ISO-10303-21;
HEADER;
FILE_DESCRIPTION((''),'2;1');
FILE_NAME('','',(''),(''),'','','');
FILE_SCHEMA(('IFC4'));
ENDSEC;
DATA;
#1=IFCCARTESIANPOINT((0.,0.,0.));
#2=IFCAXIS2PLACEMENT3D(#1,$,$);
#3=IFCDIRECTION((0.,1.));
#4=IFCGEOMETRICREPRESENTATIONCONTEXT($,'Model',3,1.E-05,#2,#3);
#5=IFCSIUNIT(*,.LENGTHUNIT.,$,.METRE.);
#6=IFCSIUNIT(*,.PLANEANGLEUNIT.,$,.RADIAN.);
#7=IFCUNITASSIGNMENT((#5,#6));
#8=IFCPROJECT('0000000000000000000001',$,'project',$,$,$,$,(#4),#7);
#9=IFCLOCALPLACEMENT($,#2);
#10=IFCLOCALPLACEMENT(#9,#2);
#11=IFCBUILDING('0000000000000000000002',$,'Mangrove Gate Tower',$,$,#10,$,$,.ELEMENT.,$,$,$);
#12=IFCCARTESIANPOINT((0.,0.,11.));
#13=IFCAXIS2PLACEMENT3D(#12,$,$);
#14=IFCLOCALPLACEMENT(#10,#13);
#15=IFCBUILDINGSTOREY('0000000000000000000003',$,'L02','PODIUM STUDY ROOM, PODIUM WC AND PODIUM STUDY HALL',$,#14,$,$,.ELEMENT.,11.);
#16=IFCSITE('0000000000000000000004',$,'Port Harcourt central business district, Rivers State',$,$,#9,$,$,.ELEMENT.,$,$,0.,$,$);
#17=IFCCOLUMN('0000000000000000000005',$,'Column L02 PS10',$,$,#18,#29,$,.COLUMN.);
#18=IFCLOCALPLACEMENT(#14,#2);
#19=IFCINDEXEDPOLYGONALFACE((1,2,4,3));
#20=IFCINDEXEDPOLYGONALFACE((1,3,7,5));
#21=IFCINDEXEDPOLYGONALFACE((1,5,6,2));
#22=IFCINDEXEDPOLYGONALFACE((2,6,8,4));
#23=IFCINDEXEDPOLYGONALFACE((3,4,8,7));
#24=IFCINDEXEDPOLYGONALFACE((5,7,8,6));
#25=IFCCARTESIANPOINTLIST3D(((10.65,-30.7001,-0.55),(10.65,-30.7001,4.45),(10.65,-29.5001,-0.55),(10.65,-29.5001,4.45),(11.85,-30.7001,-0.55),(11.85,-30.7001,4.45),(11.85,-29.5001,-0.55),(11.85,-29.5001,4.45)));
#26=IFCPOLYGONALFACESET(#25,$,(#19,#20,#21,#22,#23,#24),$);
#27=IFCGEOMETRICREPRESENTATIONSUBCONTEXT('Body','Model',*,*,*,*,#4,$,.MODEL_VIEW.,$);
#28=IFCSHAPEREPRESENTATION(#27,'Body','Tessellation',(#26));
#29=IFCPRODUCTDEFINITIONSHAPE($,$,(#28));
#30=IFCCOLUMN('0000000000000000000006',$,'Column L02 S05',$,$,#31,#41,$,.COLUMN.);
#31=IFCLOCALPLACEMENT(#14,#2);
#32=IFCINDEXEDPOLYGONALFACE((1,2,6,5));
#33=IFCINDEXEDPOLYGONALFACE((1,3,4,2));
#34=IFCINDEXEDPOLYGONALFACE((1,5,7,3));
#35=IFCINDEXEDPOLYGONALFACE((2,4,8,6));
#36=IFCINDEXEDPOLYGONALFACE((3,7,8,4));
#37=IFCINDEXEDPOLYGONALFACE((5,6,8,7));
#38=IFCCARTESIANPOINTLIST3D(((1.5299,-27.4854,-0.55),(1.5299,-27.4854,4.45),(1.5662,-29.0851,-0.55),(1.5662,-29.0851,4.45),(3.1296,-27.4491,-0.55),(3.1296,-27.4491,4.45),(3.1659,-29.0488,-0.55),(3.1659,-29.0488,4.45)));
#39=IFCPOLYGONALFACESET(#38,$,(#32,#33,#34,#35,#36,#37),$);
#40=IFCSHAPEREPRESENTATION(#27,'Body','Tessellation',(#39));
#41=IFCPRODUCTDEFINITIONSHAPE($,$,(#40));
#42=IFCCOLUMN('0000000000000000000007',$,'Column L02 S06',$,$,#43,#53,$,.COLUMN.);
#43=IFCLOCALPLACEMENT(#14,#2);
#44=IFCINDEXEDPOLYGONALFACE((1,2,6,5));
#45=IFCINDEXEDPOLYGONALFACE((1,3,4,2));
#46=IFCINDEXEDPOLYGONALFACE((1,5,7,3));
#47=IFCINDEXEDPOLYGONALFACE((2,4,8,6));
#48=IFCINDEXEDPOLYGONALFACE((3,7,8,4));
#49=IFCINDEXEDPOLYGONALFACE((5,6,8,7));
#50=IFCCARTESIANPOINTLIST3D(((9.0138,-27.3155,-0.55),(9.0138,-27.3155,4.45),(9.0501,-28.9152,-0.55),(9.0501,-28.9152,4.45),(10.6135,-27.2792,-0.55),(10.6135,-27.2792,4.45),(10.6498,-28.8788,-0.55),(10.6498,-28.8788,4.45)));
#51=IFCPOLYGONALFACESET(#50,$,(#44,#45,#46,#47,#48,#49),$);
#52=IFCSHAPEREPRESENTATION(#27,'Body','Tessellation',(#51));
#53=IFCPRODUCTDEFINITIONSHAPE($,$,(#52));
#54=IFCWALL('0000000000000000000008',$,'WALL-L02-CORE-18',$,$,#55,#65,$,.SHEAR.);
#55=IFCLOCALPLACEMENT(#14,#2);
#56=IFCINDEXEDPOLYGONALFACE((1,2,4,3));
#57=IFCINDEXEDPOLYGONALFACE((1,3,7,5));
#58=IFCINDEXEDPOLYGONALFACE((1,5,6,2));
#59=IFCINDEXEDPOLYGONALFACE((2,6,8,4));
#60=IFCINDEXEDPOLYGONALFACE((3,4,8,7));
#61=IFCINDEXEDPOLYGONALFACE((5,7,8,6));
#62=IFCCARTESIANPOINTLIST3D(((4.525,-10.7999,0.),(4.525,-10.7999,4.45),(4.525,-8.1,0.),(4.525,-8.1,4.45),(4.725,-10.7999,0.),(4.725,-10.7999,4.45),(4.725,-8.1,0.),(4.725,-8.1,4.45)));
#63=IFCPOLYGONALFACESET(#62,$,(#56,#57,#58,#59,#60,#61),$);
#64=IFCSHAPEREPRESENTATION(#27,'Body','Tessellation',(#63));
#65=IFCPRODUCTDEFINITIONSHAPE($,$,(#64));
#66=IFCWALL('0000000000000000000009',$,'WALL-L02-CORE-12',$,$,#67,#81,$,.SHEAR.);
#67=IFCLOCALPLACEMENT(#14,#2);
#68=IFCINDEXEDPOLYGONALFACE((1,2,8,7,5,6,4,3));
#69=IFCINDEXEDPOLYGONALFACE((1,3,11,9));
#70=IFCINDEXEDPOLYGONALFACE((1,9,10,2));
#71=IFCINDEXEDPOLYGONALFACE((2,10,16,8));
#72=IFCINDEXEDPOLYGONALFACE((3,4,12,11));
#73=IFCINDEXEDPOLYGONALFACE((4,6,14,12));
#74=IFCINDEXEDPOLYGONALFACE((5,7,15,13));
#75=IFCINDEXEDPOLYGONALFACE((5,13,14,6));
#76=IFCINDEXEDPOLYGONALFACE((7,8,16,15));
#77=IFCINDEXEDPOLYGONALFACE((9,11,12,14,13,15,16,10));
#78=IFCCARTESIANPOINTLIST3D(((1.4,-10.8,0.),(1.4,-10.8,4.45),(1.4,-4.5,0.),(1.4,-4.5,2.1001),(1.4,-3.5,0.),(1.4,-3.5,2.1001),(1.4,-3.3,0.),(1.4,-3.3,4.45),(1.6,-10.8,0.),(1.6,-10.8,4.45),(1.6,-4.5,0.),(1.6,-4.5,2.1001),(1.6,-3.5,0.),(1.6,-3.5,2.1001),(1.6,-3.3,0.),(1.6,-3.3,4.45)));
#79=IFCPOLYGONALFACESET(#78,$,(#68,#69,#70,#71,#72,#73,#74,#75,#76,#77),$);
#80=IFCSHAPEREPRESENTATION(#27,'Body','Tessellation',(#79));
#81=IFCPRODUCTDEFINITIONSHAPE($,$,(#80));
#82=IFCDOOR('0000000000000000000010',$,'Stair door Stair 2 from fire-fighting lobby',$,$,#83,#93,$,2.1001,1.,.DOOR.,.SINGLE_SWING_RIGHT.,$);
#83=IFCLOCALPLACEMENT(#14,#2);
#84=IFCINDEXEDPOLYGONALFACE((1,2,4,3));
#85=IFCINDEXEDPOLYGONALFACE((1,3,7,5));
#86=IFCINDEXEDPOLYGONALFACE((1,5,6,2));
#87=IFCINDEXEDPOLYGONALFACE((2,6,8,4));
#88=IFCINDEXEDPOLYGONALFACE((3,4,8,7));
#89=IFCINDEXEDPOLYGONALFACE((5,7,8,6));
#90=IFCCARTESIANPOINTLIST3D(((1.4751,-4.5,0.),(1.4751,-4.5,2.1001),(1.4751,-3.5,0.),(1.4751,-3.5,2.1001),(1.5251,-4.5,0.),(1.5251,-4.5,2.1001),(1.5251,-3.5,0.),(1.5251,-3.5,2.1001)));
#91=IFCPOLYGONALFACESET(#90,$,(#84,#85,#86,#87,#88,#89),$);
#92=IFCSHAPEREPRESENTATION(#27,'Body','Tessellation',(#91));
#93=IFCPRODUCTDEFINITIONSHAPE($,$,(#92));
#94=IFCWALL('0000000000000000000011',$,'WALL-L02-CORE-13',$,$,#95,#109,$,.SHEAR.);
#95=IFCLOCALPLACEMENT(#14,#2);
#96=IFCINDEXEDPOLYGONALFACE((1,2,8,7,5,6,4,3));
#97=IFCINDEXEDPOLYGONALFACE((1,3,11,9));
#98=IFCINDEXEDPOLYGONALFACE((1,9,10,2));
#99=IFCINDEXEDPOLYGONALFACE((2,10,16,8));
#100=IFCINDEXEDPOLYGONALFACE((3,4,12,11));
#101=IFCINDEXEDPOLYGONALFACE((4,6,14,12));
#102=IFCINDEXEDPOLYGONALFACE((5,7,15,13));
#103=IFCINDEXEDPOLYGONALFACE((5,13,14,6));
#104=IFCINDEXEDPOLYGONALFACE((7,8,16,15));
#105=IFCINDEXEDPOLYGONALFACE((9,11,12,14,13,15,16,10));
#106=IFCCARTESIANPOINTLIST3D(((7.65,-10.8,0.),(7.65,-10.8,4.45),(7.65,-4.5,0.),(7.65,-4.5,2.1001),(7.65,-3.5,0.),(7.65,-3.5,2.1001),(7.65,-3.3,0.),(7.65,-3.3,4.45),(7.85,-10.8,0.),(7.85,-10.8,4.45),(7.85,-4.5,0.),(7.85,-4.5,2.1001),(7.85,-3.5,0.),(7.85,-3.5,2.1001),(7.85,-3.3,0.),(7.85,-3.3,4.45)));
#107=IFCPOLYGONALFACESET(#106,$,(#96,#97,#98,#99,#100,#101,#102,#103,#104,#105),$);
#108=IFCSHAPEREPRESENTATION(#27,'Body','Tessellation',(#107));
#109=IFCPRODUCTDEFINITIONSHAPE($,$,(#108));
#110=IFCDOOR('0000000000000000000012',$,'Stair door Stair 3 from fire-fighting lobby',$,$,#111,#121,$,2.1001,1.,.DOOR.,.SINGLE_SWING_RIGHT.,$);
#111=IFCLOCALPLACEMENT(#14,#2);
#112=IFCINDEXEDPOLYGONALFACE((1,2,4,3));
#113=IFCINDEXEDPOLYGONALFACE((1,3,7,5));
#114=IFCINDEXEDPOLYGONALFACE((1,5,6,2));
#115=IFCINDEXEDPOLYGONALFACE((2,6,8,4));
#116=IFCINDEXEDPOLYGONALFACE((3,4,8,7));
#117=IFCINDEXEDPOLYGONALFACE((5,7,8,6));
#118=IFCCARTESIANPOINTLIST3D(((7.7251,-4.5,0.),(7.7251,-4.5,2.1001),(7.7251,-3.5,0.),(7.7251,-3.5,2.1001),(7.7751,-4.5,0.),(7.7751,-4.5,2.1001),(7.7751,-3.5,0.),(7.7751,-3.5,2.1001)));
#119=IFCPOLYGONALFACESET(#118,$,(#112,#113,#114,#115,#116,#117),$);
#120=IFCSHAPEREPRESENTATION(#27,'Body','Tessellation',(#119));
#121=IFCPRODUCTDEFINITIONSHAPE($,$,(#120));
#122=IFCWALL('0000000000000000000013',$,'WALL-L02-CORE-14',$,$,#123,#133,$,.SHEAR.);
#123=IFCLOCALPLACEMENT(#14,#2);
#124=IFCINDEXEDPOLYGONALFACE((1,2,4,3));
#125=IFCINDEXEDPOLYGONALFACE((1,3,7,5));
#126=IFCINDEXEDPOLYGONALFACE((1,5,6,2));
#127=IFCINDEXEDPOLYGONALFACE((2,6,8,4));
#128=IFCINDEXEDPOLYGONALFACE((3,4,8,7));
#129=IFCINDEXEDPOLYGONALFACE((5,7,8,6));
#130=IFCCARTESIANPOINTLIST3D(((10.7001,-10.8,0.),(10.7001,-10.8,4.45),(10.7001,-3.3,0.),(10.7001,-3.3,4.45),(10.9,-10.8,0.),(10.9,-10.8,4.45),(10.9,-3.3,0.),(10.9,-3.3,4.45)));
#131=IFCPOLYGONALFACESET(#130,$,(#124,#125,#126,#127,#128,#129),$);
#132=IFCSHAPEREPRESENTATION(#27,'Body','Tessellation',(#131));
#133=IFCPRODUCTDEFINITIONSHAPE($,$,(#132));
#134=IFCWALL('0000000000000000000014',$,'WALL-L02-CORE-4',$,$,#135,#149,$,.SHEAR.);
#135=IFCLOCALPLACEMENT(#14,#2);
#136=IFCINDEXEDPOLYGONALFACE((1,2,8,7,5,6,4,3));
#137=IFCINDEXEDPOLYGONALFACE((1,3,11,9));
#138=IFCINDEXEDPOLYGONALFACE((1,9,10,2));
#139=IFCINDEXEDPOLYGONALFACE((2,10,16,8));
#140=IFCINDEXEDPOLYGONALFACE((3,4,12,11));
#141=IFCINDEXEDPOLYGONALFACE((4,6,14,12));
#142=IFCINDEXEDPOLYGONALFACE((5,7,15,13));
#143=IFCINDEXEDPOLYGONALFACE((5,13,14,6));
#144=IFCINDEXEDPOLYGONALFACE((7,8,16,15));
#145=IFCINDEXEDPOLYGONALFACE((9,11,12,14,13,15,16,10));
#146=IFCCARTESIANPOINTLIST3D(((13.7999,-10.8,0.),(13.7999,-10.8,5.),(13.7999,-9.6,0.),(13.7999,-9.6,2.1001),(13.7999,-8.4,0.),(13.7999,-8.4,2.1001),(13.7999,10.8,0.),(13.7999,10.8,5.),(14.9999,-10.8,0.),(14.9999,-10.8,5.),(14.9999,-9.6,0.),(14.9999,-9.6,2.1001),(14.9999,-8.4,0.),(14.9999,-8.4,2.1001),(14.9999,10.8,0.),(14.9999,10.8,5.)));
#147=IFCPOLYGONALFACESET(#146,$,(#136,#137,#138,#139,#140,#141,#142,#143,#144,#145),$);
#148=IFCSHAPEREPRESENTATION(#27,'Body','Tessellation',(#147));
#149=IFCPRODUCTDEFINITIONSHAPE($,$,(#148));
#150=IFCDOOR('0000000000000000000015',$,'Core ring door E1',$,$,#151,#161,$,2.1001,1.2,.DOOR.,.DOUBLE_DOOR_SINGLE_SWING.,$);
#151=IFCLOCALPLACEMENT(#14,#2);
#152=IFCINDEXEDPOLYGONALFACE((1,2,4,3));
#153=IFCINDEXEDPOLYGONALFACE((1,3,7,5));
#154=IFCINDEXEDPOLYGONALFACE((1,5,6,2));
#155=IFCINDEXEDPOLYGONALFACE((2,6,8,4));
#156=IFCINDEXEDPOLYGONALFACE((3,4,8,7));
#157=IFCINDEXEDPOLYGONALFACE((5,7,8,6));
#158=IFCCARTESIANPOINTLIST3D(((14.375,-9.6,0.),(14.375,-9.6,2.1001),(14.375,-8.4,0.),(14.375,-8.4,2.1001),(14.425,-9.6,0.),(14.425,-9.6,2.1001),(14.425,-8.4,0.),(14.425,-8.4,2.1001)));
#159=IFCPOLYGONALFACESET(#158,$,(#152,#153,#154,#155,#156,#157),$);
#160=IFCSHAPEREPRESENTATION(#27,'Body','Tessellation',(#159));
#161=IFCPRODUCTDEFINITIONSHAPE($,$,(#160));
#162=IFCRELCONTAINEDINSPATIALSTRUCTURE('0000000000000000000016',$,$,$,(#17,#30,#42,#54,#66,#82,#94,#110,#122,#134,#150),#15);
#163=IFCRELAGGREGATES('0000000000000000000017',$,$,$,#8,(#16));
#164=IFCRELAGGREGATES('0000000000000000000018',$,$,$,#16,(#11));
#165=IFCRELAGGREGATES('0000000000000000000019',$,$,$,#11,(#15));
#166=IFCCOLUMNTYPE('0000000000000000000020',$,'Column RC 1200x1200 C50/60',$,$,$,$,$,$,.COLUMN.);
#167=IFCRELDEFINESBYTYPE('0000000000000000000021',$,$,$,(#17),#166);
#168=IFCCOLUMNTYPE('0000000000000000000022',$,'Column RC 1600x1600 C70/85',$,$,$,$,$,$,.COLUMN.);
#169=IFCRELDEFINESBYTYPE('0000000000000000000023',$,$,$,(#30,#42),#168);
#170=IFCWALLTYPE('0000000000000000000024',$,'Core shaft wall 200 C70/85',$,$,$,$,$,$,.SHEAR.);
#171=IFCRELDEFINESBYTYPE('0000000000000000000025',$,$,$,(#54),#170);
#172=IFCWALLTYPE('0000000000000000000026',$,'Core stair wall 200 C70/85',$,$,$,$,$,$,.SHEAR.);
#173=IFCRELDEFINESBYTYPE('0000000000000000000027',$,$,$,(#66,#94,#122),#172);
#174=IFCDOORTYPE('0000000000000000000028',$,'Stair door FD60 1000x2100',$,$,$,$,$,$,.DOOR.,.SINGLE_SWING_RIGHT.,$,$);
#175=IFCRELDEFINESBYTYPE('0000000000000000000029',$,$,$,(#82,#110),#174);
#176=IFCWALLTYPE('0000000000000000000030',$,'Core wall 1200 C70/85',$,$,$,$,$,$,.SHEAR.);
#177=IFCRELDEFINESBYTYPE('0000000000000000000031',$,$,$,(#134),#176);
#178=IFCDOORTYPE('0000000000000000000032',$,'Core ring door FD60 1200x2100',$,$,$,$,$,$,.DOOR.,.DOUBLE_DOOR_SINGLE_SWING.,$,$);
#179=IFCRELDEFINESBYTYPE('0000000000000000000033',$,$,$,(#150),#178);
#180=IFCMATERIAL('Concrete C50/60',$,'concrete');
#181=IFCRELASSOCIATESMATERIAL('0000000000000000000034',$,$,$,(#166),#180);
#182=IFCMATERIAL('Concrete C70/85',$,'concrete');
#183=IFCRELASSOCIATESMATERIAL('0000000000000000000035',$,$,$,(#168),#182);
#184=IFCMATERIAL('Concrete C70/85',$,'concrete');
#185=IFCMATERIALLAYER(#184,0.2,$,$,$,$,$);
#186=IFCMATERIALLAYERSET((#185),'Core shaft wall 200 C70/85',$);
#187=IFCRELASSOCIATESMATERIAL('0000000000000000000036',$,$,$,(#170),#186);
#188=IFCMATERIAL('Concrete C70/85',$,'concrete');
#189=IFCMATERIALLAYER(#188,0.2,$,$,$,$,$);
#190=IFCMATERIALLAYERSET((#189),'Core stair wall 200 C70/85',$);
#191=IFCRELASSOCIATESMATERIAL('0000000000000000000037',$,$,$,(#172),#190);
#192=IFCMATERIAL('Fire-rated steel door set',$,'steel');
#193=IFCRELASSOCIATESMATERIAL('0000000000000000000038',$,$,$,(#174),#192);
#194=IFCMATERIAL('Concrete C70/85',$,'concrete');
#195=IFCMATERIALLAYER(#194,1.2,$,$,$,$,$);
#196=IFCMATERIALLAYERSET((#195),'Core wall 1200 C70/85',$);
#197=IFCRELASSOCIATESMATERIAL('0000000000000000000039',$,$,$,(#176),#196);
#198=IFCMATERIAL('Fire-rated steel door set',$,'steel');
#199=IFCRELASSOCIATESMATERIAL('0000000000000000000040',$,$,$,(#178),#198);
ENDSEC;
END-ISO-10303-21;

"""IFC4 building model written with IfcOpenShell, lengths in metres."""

from ifc_helpers import new_model, si_unit, direction, frame, frame_2d, origin, origin_2d, place, context, subcontext, project, spatial, rectangle, extrude, material, layer, layer_set, material_profile, profile_set, type_object, element, fill, save


model = new_model("IFC4")

# Units and contexts
model_context = context("Model", 3, precision=1e-05, world=origin(), true_north=direction((0.0, 1.0)))
body_context = subcontext(model_context, "Body", "Model", "MODEL_VIEW")
ifc_project = project(units=[si_unit("LENGTHUNIT", "METRE"), si_unit("PLANEANGLEUNIT", "RADIAN")], contexts=[model_context])

# Site, building, storey
site_placement = place(None, origin())
site = spatial("IfcSite", under=ifc_project, at=site_placement, Name="Port Harcourt central business district, Rivers State", CompositionType="ELEMENT", RefElevation=0.0)
building_placement = place(site_placement, origin())
building = spatial("IfcBuilding", under=site, at=building_placement, Name="Mangrove Gate Tower", CompositionType="ELEMENT")
storey_placement = place(building_placement, frame((0.0, 0.0, 11.0)))
storey = spatial("IfcBuildingStorey", under=building, at=storey_placement, Name="L02", Description="PODIUM STUDY ROOM, PODIUM WC AND PODIUM STUDY HALL", CompositionType="ELEMENT", Elevation=11.0)

# Columns
ifc_material_1 = material(Name="Concrete C50/60", Category="concrete")
ifc_material_profile_1 = material_profile(ifc_material_1, rectangle(XDim=1.2, YDim=1.2, at=origin_2d()))
ifc_profile_set_1 = profile_set([ifc_material_profile_1], Name="Concrete C50/60")
column_type_1 = type_object("IfcColumnType", Name="Column RC 1200x1200 C50/60", PredefinedType="COLUMN", material=ifc_profile_set_1)
column_placement = place(storey_placement, frame((11.25, -30.1001, -0.55), z_axis=(0.0, 0.0, 1.0), x_axis=(1.0, 0.0, 0.0)))
element("IfcColumn", 1, at=column_placement, inside=storey, type_object=column_type_1, Name="Column L02 PS10", PredefinedType="COLUMN", context=body_context, shape_type="SweptSolid", body=[
    extrude(rectangle(XDim=1.2, YDim=1.2, at=origin_2d()), origin(), (0.0, 0.0, 1.0), 5.0),
])
ifc_material_2 = material(Name="Concrete C70/85", Category="concrete")
ifc_material_profile_2 = material_profile(ifc_material_2, rectangle(XDim=1.6001, YDim=1.6001, at=origin_2d()))
ifc_profile_set_2 = profile_set([ifc_material_profile_2], Name="Concrete C70/85")
column_type_2 = type_object("IfcColumnType", Name="Column RC 1600x1600 C70/85", PredefinedType="COLUMN", material=ifc_profile_set_2)
for number, where, z_axis, x_axis, name in (
    (2, (2.3479, -28.2671, -0.55), (0.0, 0.0, 1.0), (0.999742, 0.022709, 0.0), "Column L02 S05"),
    (3, (9.8318, -28.0972, -0.55), (0.0, 0.0, 1.0), (0.999742, 0.022711, 0.0), "Column L02 S06"),
):
    element("IfcColumn", number, at=place(storey_placement, frame(where, z_axis=z_axis, x_axis=x_axis)), inside=storey, type_object=column_type_2, Name=name, PredefinedType="COLUMN", context=body_context, shape_type="SweptSolid", body=[
        extrude(rectangle(XDim=1.6001, YDim=1.6001, at=origin_2d()), origin(), (0.0, 0.0, 1.0), 5.0),
    ])

# Wall
ifc_material_3 = material(Name="Concrete C70/85", Category="concrete")
ifc_layer_1 = layer(ifc_material_3, 0.2)
ifc_layer_set_1 = layer_set([ifc_layer_1], Name="Core shaft wall 200 C70/85")
wall_type_1 = type_object("IfcWallType", Name="Core shaft wall 200 C70/85", PredefinedType="SHEAR", material=ifc_layer_set_1)
wall_1_placement = place(storey_placement, frame((4.625, -10.8, 0.0), z_axis=(0.0, 0.0, 1.0), x_axis=(0.0, 1.0, 0.0)))
element("IfcWall", 4, at=wall_1_placement, inside=storey, type_object=wall_type_1, Name="WALL-L02-CORE-18", PredefinedType="SHEAR", context=body_context, shape_type="SweptSolid", body=[
    extrude(rectangle(XDim=2.7, YDim=0.2, at=frame_2d((1.3501, 0.0))), origin(), (0.0, 0.0, 1.0), 4.45),
])

# Walls, openings, doors
ifc_material_4 = material(Name="Concrete C70/85", Category="concrete")
ifc_layer_2 = layer(ifc_material_4, 0.2)
ifc_layer_set_2 = layer_set([ifc_layer_2], Name="Core stair wall 200 C70/85")
wall_type_2 = type_object("IfcWallType", Name="Core stair wall 200 C70/85", PredefinedType="SHEAR", material=ifc_layer_set_2)
wall_2_placement = place(storey_placement, frame((1.5, -10.8, 0.0), z_axis=(0.0, 0.0, 1.0), x_axis=(0.0, 1.0, 0.0)))
wall_2 = element("IfcWall", 5, at=wall_2_placement, inside=storey, type_object=wall_type_2, Name="WALL-L02-CORE-12", PredefinedType="SHEAR", context=body_context, shape_type="SweptSolid", body=[
    extrude(rectangle(XDim=7.5, YDim=0.2, at=frame_2d((3.75, 0.0))), origin(), (0.0, 0.0, 1.0), 4.45),
])
opening_1_placement = place(wall_2_placement, frame((6.3, 0.0, 0.0)))
opening_1 = element("IfcOpeningElement", 6, at=opening_1_placement, cuts=wall_2, PredefinedType="OPENING", context=body_context, shape_type="SweptSolid", body=[
    extrude(rectangle(XDim=1.0, YDim=2.1001, at=frame_2d((0.5, 1.05))), frame((0.0, 0.1099, 0.0), z_axis=(0.0, -1.0, 0.0), x_axis=(1.0, 0.0, 0.0)), (0.0, 0.0, 1.0), 0.22),
])
ifc_material_5 = material(Name="Fire-rated steel door set", Category="steel")
door_type_1 = type_object("IfcDoorType", Name="Stair door FD60 1000x2100", OperationType="SINGLE_SWING_RIGHT", PredefinedType="DOOR", material=ifc_material_5)
door_1_placement = place(opening_1_placement, origin())
door_1 = element("IfcDoor", 7, at=door_1_placement, inside=storey, type_object=door_type_1, Name="Stair door Stair 2 from fire-fighting lobby", OperationType="SINGLE_SWING_RIGHT", OverallHeight=2.1001, OverallWidth=1.0, PredefinedType="DOOR", context=body_context, shape_type="SweptSolid", body=[
    extrude(rectangle(XDim=1.0, YDim=2.1001, at=frame_2d((0.5, 1.05))), frame((0.0, 0.0249, 0.0), z_axis=(0.0, -1.0, 0.0), x_axis=(1.0, 0.0, 0.0)), (0.0, 0.0, 1.0), 0.05),
])
fill(opening_1, door_1)
wall_3_placement = place(storey_placement, frame((7.75, -10.8, 0.0), z_axis=(0.0, 0.0, 1.0), x_axis=(0.0, 1.0, 0.0)))
wall_3 = element("IfcWall", 8, at=wall_3_placement, inside=storey, type_object=wall_type_2, Name="WALL-L02-CORE-13", PredefinedType="SHEAR", context=body_context, shape_type="SweptSolid", body=[
    extrude(rectangle(XDim=7.5, YDim=0.2, at=frame_2d((3.75, 0.0))), origin(), (0.0, 0.0, 1.0), 4.45),
])
opening_2_placement = place(wall_3_placement, frame((6.3, 0.0, 0.0)))
opening_2 = element("IfcOpeningElement", 9, at=opening_2_placement, cuts=wall_3, PredefinedType="OPENING", context=body_context, shape_type="SweptSolid", body=[
    extrude(rectangle(XDim=1.0, YDim=2.1001, at=frame_2d((0.5, 1.05))), frame((0.0, 0.1099, 0.0), z_axis=(0.0, -1.0, 0.0), x_axis=(1.0, 0.0, 0.0)), (0.0, 0.0, 1.0), 0.22),
])
door_2_placement = place(opening_2_placement, origin())
door_2 = element("IfcDoor", 10, at=door_2_placement, inside=storey, type_object=door_type_1, Name="Stair door Stair 3 from fire-fighting lobby", OperationType="SINGLE_SWING_RIGHT", OverallHeight=2.1001, OverallWidth=1.0, PredefinedType="DOOR", context=body_context, shape_type="SweptSolid", body=[
    extrude(rectangle(XDim=1.0, YDim=2.1001, at=frame_2d((0.5, 1.05))), frame((0.0, 0.0249, 0.0), z_axis=(0.0, -1.0, 0.0), x_axis=(1.0, 0.0, 0.0)), (0.0, 0.0, 1.0), 0.05),
])
fill(opening_2, door_2)

# Wall
wall_4_placement = place(storey_placement, frame((10.8, -10.8, 0.0), z_axis=(0.0, 0.0, 1.0), x_axis=(0.0, 1.0, 0.0)))
element("IfcWall", 11, at=wall_4_placement, inside=storey, type_object=wall_type_2, Name="WALL-L02-CORE-14", PredefinedType="SHEAR", context=body_context, shape_type="SweptSolid", body=[
    extrude(rectangle(XDim=7.5, YDim=0.2, at=frame_2d((3.75, 0.0))), origin(), (0.0, 0.0, 1.0), 4.45),
])

# Wall, opening, door
ifc_material_6 = material(Name="Concrete C70/85", Category="concrete")
ifc_layer_3 = layer(ifc_material_6, 1.2)
ifc_layer_set_3 = layer_set([ifc_layer_3], Name="Core wall 1200 C70/85")
wall_type_3 = type_object("IfcWallType", Name="Core wall 1200 C70/85", PredefinedType="SHEAR", material=ifc_layer_set_3)
wall_5_placement = place(storey_placement, frame((14.3999, -10.8, 0.0), z_axis=(0.0, 0.0, 1.0), x_axis=(0.0, 1.0, 0.0)))
wall_5 = element("IfcWall", 12, at=wall_5_placement, inside=storey, type_object=wall_type_3, Name="WALL-L02-CORE-4", PredefinedType="SHEAR", context=body_context, shape_type="SweptSolid", body=[
    extrude(rectangle(XDim=21.6001, YDim=1.2, at=frame_2d((10.8, 0.0))), origin(), (0.0, 0.0, 1.0), 5.0),
])
opening_3_placement = place(wall_5_placement, frame((1.2, 0.0, 0.0)))
opening_3 = element("IfcOpeningElement", 13, at=opening_3_placement, cuts=wall_5, PredefinedType="OPENING", context=body_context, shape_type="SweptSolid", body=[
    extrude(rectangle(XDim=1.2, YDim=2.1001, at=frame_2d((0.6001, 1.05))), frame((0.0, 0.6099, 0.0), z_axis=(0.0, -1.0, 0.0), x_axis=(1.0, 0.0, 0.0)), (0.0, 0.0, 1.0), 1.22),
])
ifc_material_7 = material(Name="Fire-rated steel door set", Category="steel")
door_type_2 = type_object("IfcDoorType", Name="Core ring door FD60 1200x2100", OperationType="DOUBLE_DOOR_SINGLE_SWING", PredefinedType="DOOR", material=ifc_material_7)
door_3_placement = place(opening_3_placement, origin())
door_3 = element("IfcDoor", 14, at=door_3_placement, inside=storey, type_object=door_type_2, Name="Core ring door E1", OperationType="DOUBLE_DOOR_SINGLE_SWING", OverallHeight=2.1001, OverallWidth=1.2, PredefinedType="DOOR", context=body_context, shape_type="SweptSolid", body=[
    extrude(rectangle(XDim=1.2, YDim=2.1001, at=frame_2d((0.6001, 1.05))), frame((0.0, 0.0249, 0.0), z_axis=(0.0, -1.0, 0.0), x_axis=(1.0, 0.0, 0.0)), (0.0, 0.0, 1.0), 0.05),
])
fill(opening_3, door_3)

save(model, "model.ifc")
